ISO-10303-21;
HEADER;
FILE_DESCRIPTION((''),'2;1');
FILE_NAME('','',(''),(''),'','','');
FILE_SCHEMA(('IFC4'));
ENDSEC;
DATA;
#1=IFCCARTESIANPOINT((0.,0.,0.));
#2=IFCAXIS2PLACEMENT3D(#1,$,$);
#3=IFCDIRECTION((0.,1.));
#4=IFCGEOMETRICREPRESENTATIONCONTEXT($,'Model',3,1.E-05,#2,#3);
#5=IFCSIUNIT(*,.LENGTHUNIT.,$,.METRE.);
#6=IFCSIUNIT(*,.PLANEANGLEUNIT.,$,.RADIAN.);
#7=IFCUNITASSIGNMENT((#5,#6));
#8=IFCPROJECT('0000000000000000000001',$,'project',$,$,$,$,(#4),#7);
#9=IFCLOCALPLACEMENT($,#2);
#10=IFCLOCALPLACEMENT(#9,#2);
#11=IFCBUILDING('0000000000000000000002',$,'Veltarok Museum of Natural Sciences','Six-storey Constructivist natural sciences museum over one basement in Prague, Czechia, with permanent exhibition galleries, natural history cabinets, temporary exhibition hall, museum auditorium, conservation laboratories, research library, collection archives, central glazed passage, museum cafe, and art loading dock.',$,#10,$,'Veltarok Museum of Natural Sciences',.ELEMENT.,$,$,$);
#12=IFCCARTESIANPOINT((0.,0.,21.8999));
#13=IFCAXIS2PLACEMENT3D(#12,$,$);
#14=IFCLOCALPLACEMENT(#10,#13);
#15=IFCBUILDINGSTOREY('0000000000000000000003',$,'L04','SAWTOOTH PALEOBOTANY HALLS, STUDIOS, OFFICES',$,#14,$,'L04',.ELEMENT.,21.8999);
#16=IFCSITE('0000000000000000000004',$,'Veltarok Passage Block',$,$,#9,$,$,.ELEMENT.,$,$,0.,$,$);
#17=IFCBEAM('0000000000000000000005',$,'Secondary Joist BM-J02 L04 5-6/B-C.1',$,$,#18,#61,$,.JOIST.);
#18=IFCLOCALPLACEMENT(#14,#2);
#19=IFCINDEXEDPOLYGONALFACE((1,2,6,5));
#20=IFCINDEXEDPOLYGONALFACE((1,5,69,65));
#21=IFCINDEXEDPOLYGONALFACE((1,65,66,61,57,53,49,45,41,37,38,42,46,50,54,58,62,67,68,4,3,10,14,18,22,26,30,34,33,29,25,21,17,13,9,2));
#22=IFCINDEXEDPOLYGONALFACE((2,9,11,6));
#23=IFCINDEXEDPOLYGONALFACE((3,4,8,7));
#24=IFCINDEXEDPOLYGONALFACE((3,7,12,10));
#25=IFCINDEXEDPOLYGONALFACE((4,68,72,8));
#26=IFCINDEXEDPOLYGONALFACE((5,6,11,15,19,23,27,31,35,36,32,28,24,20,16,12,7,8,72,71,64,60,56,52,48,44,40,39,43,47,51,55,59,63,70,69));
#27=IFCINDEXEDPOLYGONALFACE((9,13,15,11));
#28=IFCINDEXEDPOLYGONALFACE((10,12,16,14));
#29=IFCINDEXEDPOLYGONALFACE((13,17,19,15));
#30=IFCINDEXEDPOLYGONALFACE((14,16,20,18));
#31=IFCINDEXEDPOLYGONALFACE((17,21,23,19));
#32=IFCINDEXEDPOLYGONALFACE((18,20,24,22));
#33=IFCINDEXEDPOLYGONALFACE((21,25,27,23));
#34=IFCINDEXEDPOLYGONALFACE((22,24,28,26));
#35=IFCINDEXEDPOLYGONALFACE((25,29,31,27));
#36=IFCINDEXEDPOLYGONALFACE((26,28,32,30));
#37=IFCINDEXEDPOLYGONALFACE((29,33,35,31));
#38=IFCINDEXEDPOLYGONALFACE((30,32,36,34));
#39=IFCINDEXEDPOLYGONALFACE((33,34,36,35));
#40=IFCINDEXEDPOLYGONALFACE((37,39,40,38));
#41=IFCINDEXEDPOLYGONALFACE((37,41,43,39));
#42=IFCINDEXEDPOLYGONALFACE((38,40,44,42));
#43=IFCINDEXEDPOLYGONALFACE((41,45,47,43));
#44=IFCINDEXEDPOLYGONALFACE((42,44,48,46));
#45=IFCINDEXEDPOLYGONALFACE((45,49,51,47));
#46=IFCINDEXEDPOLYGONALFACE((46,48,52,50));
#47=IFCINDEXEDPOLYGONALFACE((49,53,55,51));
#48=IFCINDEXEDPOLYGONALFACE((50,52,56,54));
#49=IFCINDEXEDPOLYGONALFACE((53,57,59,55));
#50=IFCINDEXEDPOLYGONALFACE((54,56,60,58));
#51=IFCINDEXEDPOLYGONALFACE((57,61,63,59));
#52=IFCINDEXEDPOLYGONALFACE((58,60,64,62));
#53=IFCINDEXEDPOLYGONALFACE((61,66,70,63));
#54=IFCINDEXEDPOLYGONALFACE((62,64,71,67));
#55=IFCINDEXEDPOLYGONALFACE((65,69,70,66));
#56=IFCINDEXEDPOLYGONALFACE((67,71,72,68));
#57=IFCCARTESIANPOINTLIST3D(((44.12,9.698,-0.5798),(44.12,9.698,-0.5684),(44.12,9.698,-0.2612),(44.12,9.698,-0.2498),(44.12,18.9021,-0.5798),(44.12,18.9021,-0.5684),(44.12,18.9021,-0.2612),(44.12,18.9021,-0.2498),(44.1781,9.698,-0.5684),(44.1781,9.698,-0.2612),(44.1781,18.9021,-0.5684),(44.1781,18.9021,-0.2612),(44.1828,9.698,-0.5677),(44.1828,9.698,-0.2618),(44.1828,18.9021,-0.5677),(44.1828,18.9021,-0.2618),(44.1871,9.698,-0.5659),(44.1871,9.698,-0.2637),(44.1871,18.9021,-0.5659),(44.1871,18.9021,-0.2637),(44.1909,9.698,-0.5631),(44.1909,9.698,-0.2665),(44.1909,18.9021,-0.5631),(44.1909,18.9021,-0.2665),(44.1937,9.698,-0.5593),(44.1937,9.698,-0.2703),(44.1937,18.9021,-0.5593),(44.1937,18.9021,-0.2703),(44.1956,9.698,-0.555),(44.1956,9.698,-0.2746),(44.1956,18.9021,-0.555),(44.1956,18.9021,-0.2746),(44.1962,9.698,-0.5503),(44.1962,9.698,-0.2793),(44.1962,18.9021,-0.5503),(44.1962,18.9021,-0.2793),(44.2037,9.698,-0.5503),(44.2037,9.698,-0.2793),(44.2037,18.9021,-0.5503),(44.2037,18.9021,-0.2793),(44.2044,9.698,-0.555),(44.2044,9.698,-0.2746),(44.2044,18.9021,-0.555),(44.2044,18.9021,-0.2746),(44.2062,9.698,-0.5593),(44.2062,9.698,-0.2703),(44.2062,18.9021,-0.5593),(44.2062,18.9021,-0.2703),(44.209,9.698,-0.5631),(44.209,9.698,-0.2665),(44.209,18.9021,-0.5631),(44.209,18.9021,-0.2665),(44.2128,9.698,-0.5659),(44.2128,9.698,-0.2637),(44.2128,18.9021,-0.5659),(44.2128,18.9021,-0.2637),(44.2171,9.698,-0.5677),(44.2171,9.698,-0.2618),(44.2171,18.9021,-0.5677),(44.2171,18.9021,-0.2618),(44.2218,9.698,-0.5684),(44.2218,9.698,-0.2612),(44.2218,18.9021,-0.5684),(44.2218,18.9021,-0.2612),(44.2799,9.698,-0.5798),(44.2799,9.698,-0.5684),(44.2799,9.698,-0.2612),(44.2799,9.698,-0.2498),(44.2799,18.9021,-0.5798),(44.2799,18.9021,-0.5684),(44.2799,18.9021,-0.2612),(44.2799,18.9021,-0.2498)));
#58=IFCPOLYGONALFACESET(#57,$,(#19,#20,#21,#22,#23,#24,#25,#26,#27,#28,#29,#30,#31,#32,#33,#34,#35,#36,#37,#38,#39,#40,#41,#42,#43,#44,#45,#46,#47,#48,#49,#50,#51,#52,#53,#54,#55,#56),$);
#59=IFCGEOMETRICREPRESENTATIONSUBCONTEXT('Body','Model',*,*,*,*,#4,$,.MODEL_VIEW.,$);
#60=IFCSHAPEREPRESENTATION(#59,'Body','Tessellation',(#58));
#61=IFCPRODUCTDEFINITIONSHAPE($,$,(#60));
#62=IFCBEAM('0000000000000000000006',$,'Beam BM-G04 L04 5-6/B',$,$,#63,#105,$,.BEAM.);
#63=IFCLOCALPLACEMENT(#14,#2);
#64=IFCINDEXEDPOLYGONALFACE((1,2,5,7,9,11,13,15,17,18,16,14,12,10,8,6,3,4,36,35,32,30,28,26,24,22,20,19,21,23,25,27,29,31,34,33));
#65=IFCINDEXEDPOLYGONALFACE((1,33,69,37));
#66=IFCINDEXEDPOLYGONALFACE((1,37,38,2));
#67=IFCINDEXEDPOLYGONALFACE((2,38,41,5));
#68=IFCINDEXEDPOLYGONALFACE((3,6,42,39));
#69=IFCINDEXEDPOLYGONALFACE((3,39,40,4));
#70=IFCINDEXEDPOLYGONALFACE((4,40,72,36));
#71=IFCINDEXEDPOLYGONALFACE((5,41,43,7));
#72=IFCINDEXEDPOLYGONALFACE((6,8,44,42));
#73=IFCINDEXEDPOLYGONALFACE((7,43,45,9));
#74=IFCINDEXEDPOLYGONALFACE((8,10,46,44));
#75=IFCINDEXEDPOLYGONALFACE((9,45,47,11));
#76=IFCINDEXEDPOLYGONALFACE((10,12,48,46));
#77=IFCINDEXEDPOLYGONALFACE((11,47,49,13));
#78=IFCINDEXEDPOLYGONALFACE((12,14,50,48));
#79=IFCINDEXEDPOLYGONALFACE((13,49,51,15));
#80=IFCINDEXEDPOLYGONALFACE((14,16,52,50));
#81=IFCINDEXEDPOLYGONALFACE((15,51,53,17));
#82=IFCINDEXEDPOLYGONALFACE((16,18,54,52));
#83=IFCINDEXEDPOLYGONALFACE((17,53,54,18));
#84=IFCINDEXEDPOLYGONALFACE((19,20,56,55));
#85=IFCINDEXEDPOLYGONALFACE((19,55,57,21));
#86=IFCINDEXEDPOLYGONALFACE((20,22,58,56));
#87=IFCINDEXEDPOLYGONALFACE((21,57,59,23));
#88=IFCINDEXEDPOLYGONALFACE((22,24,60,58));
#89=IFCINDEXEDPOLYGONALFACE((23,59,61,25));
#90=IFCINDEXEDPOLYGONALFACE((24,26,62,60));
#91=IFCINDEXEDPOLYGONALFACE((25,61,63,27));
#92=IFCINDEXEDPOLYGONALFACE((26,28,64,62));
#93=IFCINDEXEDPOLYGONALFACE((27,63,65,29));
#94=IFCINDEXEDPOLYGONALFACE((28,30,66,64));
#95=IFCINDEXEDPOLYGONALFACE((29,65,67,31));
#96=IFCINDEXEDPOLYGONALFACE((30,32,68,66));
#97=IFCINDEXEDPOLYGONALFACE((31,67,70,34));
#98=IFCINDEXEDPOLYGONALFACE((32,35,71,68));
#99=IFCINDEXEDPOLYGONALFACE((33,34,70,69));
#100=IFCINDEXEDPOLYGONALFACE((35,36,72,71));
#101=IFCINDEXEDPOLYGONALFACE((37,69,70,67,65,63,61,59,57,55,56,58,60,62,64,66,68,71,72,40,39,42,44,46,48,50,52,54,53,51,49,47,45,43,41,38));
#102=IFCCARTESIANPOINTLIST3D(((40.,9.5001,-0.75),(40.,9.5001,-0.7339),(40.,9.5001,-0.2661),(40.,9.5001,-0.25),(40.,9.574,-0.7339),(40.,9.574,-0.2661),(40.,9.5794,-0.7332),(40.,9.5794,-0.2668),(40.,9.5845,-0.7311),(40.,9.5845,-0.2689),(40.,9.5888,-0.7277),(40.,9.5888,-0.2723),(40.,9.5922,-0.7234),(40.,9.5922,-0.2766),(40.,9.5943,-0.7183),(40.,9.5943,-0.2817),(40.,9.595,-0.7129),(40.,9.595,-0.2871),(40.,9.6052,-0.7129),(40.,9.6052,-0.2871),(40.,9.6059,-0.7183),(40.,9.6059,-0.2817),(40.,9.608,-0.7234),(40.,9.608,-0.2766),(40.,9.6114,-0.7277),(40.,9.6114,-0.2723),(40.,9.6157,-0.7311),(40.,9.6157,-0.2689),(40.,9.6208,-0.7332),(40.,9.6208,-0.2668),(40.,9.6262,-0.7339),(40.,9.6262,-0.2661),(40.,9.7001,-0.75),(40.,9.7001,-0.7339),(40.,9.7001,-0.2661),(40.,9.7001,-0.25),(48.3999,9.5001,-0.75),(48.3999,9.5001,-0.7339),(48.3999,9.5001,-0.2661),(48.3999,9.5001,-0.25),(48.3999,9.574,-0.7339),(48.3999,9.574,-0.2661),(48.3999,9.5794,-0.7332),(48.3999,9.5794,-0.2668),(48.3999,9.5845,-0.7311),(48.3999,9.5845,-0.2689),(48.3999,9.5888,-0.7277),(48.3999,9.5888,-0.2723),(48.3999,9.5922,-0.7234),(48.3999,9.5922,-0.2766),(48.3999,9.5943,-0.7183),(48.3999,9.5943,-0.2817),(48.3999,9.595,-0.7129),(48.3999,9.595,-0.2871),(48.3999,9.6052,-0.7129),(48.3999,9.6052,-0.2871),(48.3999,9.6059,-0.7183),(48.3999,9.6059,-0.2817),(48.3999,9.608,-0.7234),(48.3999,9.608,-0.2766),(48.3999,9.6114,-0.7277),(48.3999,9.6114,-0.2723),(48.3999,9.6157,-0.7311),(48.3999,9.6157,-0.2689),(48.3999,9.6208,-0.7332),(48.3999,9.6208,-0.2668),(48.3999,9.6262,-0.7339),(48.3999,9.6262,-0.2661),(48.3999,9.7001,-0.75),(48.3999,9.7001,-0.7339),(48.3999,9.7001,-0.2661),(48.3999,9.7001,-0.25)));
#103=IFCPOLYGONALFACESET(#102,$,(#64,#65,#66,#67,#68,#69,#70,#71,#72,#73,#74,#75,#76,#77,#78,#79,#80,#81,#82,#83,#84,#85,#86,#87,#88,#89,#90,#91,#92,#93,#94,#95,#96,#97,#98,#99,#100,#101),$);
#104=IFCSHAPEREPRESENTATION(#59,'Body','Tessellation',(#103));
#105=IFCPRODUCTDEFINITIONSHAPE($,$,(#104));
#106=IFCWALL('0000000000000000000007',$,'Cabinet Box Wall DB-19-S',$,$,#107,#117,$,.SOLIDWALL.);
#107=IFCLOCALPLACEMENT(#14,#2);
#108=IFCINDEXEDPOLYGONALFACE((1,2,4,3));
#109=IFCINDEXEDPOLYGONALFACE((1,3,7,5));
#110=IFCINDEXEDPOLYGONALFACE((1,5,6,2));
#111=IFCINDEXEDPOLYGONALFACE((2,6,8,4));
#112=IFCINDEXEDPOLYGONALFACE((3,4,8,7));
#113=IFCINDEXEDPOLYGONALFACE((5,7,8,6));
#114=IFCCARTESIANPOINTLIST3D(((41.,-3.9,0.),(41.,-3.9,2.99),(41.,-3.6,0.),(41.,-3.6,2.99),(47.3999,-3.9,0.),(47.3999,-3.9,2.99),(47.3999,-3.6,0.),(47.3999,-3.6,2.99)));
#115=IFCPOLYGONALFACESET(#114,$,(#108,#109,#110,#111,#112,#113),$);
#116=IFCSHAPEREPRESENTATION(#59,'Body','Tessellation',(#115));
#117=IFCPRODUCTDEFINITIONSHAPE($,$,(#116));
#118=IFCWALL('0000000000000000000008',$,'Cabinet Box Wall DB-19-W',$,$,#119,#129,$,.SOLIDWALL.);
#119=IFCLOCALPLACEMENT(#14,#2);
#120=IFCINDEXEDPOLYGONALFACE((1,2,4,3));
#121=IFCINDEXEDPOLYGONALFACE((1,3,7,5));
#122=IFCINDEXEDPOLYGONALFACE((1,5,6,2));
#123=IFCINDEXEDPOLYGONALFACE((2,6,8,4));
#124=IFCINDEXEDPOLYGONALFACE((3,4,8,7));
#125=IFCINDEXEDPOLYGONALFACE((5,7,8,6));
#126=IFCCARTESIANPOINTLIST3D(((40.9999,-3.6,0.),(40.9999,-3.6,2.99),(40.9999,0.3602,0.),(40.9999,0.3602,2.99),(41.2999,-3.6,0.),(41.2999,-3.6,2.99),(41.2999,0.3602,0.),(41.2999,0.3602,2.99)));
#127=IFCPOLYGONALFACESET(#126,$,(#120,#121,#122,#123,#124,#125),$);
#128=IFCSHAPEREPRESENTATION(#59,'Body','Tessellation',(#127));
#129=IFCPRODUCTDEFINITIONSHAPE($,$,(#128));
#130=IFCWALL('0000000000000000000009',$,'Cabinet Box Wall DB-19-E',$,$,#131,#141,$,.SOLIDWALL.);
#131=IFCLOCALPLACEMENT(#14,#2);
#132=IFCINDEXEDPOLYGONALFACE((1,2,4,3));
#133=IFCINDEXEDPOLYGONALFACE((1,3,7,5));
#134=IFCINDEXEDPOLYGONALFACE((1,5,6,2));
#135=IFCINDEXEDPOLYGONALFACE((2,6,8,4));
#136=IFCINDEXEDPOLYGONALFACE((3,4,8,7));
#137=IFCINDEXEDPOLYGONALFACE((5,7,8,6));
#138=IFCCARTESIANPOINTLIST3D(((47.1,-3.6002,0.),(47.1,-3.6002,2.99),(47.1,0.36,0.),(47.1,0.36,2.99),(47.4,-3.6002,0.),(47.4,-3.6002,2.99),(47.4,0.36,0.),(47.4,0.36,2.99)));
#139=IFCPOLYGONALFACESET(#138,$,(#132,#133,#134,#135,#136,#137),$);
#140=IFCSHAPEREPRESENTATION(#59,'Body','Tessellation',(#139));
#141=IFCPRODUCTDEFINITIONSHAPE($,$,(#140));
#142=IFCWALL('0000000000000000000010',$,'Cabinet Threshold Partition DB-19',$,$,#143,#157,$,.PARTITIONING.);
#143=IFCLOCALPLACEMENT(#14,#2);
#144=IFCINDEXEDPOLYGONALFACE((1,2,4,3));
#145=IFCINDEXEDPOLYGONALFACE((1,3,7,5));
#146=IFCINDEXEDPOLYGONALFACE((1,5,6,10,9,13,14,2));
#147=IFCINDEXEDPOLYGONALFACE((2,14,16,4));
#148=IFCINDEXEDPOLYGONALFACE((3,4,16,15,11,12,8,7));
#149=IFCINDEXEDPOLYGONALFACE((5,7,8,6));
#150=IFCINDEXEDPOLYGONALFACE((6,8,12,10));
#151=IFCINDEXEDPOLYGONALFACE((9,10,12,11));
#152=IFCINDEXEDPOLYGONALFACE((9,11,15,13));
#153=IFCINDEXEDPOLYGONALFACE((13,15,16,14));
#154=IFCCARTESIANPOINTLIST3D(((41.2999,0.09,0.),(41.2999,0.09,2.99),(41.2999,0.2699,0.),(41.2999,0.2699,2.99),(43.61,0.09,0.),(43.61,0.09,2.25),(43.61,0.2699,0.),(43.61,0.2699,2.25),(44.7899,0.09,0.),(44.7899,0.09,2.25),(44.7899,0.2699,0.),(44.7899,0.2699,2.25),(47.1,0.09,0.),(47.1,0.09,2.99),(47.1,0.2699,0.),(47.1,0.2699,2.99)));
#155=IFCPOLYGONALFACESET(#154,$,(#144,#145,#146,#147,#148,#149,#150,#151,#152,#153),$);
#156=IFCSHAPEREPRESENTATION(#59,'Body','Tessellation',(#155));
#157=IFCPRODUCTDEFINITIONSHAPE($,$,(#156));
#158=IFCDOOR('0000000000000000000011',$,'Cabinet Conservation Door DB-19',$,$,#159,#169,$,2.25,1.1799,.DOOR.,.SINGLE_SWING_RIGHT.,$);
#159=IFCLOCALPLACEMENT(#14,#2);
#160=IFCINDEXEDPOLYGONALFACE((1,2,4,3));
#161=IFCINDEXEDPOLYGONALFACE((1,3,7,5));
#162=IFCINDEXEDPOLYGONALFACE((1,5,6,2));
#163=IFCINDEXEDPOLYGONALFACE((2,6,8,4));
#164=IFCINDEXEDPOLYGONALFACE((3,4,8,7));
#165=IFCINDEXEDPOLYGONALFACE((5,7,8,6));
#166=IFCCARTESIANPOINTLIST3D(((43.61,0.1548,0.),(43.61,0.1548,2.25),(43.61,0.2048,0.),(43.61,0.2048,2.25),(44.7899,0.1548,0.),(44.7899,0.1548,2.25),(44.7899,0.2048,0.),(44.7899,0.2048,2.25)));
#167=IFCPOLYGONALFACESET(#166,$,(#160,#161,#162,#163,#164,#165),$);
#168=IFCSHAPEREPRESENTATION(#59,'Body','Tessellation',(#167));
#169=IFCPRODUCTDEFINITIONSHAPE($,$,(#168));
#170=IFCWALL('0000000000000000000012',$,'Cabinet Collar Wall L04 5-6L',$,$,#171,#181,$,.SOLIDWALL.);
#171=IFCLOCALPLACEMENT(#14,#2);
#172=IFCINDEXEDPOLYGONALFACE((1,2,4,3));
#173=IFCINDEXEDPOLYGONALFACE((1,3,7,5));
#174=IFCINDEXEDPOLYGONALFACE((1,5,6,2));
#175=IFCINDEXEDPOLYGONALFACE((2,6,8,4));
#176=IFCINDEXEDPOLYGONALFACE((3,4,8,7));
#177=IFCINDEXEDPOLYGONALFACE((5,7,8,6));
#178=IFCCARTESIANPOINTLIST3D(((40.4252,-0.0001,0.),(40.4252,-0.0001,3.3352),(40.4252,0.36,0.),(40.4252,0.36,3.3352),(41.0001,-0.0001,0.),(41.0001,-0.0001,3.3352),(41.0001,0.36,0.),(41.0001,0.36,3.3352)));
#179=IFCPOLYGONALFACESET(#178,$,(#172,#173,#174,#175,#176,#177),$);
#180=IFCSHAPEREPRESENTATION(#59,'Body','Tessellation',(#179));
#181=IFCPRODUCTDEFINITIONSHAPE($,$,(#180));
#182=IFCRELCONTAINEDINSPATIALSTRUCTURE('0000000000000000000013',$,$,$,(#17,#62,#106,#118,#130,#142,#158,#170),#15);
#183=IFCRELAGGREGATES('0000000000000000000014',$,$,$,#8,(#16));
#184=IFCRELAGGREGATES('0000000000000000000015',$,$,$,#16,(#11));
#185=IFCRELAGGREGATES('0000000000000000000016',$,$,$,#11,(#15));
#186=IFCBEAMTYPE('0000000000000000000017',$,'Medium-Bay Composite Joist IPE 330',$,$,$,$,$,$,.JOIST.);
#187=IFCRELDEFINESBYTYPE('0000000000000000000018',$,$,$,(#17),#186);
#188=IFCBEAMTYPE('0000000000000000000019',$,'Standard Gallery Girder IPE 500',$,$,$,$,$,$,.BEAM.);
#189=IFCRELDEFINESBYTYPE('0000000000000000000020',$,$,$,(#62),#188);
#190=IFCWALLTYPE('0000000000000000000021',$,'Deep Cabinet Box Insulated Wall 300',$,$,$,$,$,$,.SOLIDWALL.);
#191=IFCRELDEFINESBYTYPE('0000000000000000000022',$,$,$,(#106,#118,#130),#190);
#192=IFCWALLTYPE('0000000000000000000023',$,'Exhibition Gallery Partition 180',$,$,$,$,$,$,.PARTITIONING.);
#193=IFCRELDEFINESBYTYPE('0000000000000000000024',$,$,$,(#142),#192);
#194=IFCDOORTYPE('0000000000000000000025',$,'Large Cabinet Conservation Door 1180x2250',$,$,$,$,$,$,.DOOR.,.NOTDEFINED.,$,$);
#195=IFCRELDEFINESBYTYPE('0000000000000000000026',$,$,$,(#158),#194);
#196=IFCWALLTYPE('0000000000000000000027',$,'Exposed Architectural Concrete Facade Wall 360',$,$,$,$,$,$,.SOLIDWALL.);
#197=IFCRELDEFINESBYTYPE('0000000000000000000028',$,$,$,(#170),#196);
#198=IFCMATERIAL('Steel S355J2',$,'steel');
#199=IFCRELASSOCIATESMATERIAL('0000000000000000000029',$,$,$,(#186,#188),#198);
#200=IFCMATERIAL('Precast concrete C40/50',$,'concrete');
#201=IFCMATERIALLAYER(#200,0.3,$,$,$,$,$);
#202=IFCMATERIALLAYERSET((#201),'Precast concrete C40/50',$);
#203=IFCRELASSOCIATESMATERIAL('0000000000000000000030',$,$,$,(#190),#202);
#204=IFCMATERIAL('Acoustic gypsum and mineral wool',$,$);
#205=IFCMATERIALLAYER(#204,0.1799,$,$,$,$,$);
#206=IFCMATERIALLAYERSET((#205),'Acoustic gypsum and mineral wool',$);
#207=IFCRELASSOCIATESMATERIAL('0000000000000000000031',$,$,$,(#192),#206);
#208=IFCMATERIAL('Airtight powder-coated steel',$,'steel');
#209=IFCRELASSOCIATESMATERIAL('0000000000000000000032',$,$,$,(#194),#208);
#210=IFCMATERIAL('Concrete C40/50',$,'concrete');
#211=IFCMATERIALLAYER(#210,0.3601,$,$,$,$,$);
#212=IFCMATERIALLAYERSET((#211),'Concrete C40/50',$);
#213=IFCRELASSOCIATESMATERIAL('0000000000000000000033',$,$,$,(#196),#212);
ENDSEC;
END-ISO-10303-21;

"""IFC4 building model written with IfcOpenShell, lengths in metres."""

from ifc_helpers import new_model, si_unit, direction, frame, frame_2d, origin, origin_2d, place, context, subcontext, project, spatial, rectangle, i_section, extrude, material, layer, layer_set, material_profile, profile_set, type_object, element, fill, save


model = new_model("IFC4")

# Units and contexts
model_context = context("Model", 3, precision=1e-05, world=origin(), true_north=direction((0.0, 1.0)))
body_context = subcontext(model_context, "Body", "Model", "MODEL_VIEW")
ifc_project = project(units=[si_unit("LENGTHUNIT", "METRE"), si_unit("PLANEANGLEUNIT", "RADIAN")], contexts=[model_context])

# Site, building, storey
site_placement = place(None, origin())
site = spatial("IfcSite", under=ifc_project, at=site_placement, Name="Veltarok Passage Block", CompositionType="ELEMENT", RefElevation=0.0)
building_placement = place(site_placement, origin())
building = spatial("IfcBuilding", under=site, at=building_placement, Name="Veltarok Museum of Natural Sciences", Description="Six-storey Constructivist natural sciences museum over one basement in Prague, Czechia, with permanent exhibition galleries, natural history cabinets, temporary exhibition hall, museum auditorium, conservation laboratories, research library, collection archives, central glazed passage, museum cafe, and art loading dock.", LongName="Veltarok Museum of Natural Sciences", CompositionType="ELEMENT")
storey_placement = place(building_placement, frame((0.0, 0.0, 21.8999)))
storey = spatial("IfcBuildingStorey", under=building, at=storey_placement, Name="L04", Description="SAWTOOTH PALEOBOTANY HALLS, STUDIOS, OFFICES", LongName="L04", CompositionType="ELEMENT", Elevation=21.8999)

# Shared definitions
ifc_material_1 = material(Name="Concrete C40/50", Category="concrete")
ifc_material_2 = material(Name="Steel S355J2", Category="steel")

# Beams
ifc_material_profile_1 = material_profile(ifc_material_2, i_section(OverallWidth=0.1599, OverallDepth=0.3301, WebThickness=0.0076, FlangeThickness=0.0115, FilletRadius=0.0181, at=origin_2d()), Name="IPE 330")
ifc_profile_set_1 = profile_set([ifc_material_profile_1], Name="Steel S355J2")
beam_type_1 = type_object("IfcBeamType", Name="Medium-Bay Composite Joist IPE 330", PredefinedType="JOIST", material=ifc_profile_set_1)
beam_1_placement = place(storey_placement, frame((44.2, 9.698, -0.4148), z_axis=(0.0, 1.0, 0.0), x_axis=(-1.0, 0.0, 0.0)))
element("IfcBeam", 1, at=beam_1_placement, inside=storey, type_object=beam_type_1, Name="Secondary Joist BM-J02 L04 5-6/B-C.1", PredefinedType="JOIST", context=body_context, shape_type="SweptSolid", body=[
    extrude(i_section(OverallWidth=0.1599, OverallDepth=0.3301, WebThickness=0.0076, FlangeThickness=0.0115, FilletRadius=0.0181, at=origin_2d()), origin(), (0.0, 0.0, 1.0), 9.2041),
])
ifc_material_profile_2 = material_profile(ifc_material_2, i_section(OverallWidth=0.2, OverallDepth=0.5, WebThickness=0.0103, FlangeThickness=0.0161, FilletRadius=0.021, at=origin_2d()), Name="IPE 500")
ifc_profile_set_2 = profile_set([ifc_material_profile_2], Name="Steel S355J2")
beam_type_2 = type_object("IfcBeamType", Name="Standard Gallery Girder IPE 500", PredefinedType="BEAM", material=ifc_profile_set_2)
beam_2_placement = place(storey_placement, frame((40.0, 9.6001, -0.5), z_axis=(1.0, 0.0, 0.0), x_axis=(0.0, 1.0, 0.0)))
element("IfcBeam", 2, at=beam_2_placement, inside=storey, type_object=beam_type_2, Name="Beam BM-G04 L04 5-6/B", PredefinedType="BEAM", context=body_context, shape_type="SweptSolid", body=[
    extrude(i_section(OverallWidth=0.2, OverallDepth=0.5, WebThickness=0.0103, FlangeThickness=0.0161, FilletRadius=0.021, at=origin_2d()), origin(), (0.0, 0.0, 1.0), 8.3999),
])

# Walls
ifc_material_3 = material(Name="Precast concrete C40/50", Category="concrete")
ifc_layer_1 = layer(ifc_material_3, 0.3)
ifc_layer_set_1 = layer_set([ifc_layer_1], Name="Precast concrete C40/50")
wall_type_1 = type_object("IfcWallType", Name="Deep Cabinet Box Insulated Wall 300", PredefinedType="SOLIDWALL", material=ifc_layer_set_1)
wall_1_placement = place(storey_placement, frame((41.0, -3.75, 0.0), z_axis=(0.0, 0.0, 1.0), x_axis=(1.0, 0.0, 0.0)))
element("IfcWall", 3, at=wall_1_placement, inside=storey, type_object=wall_type_1, Name="Cabinet Box Wall DB-19-S", PredefinedType="SOLIDWALL", context=body_context, shape_type="SweptSolid", body=[
    extrude(rectangle(XDim=6.3999, YDim=0.3, at=frame_2d((3.2, 0.0))), origin(), (0.0, 0.0, 1.0), 2.99),
])
for number, where, z_axis, x_axis, name in (
    (4, (41.1499, 0.3601, 0.0), (0.0, 0.0, 1.0), (0.0, -1.0, 0.0), "Cabinet Box Wall DB-19-W"),
    (5, (47.25, -3.6001, 0.0), (0.0, 0.0, 1.0), (0.0, 1.0, 0.0), "Cabinet Box Wall DB-19-E"),
):
    element("IfcWall", number, at=place(storey_placement, frame(where, z_axis=z_axis, x_axis=x_axis)), inside=storey, type_object=wall_type_1, Name=name, PredefinedType="SOLIDWALL", context=body_context, shape_type="SweptSolid", body=[
        extrude(rectangle(XDim=3.9602, YDim=0.3, at=frame_2d((1.98, 0.0))), origin(), (0.0, 0.0, 1.0), 2.99),
    ])

# Wall, opening, door
ifc_material_4 = material(Name="Acoustic gypsum and mineral wool")
ifc_layer_2 = layer(ifc_material_4, 0.1799)
ifc_layer_set_2 = layer_set([ifc_layer_2], Name="Acoustic gypsum and mineral wool")
wall_type_2 = type_object("IfcWallType", Name="Exhibition Gallery Partition 180", PredefinedType="PARTITIONING", material=ifc_layer_set_2)
wall_2_placement = place(storey_placement, frame((41.3, 0.1799, 0.0), z_axis=(0.0, 0.0, 1.0), x_axis=(1.0, 0.0, 0.0)))
wall_2 = element("IfcWall", 6, at=wall_2_placement, inside=storey, type_object=wall_type_2, Name="Cabinet Threshold Partition DB-19", PredefinedType="PARTITIONING", context=body_context, shape_type="SweptSolid", body=[
    extrude(rectangle(XDim=5.8, YDim=0.1799, at=frame_2d((2.8999, 0.0))), origin(), (0.0, 0.0, 1.0), 2.99),
])
opening_placement = place(wall_2_placement, frame((2.3101, 0.0, 0.0)))
opening = element("IfcOpeningElement", 7, at=opening_placement, cuts=wall_2, PredefinedType="OPENING", context=body_context, shape_type="SweptSolid", body=[
    extrude(rectangle(XDim=1.1799, YDim=2.25, at=frame_2d((0.5898, 1.125))), frame((0.0, 0.1001, 0.0), z_axis=(0.0, -1.0, 0.0), x_axis=(1.0, 0.0, 0.0)), (0.0, 0.0, 1.0), 0.2),
])
ifc_material_5 = material(Name="Airtight powder-coated steel", Category="steel")
door_type = type_object("IfcDoorType", Name="Large Cabinet Conservation Door 1180x2250", OperationType="NOTDEFINED", PredefinedType="DOOR", material=ifc_material_5)
door_placement = place(opening_placement, origin())
door = element("IfcDoor", 8, at=door_placement, inside=storey, type_object=door_type, Name="Cabinet Conservation Door DB-19", OperationType="SINGLE_SWING_RIGHT", OverallHeight=2.25, OverallWidth=1.1799, PredefinedType="DOOR", context=body_context, shape_type="SweptSolid", body=[
    extrude(rectangle(XDim=1.1799, YDim=2.25, at=frame_2d((0.5898, 1.125))), frame((0.0, 0.0249, 0.0), z_axis=(0.0, -1.0, 0.0), x_axis=(1.0, 0.0, 0.0)), (0.0, 0.0, 1.0), 0.05),
])
fill(opening, door)

# Wall
ifc_layer_3 = layer(ifc_material_1, 0.3601)
ifc_layer_set_3 = layer_set([ifc_layer_3], Name="Concrete C40/50")
wall_type_3 = type_object("IfcWallType", Name="Exposed Architectural Concrete Facade Wall 360", PredefinedType="SOLIDWALL", material=ifc_layer_set_3)
wall_3_placement = place(storey_placement, frame((40.425, 0.1799, 0.0), z_axis=(0.0, 0.0, 1.0), x_axis=(1.0, 0.0, 0.0)))
element("IfcWall", 9, at=wall_3_placement, inside=storey, type_object=wall_type_3, Name="Cabinet Collar Wall L04 5-6L", PredefinedType="SOLIDWALL", context=body_context, shape_type="SweptSolid", body=[
    extrude(rectangle(XDim=0.575, YDim=0.3601, at=frame_2d((0.2876, 0.0))), origin(), (0.0, 0.0, 1.0), 3.3352),
])

save(model, "model.ifc")
